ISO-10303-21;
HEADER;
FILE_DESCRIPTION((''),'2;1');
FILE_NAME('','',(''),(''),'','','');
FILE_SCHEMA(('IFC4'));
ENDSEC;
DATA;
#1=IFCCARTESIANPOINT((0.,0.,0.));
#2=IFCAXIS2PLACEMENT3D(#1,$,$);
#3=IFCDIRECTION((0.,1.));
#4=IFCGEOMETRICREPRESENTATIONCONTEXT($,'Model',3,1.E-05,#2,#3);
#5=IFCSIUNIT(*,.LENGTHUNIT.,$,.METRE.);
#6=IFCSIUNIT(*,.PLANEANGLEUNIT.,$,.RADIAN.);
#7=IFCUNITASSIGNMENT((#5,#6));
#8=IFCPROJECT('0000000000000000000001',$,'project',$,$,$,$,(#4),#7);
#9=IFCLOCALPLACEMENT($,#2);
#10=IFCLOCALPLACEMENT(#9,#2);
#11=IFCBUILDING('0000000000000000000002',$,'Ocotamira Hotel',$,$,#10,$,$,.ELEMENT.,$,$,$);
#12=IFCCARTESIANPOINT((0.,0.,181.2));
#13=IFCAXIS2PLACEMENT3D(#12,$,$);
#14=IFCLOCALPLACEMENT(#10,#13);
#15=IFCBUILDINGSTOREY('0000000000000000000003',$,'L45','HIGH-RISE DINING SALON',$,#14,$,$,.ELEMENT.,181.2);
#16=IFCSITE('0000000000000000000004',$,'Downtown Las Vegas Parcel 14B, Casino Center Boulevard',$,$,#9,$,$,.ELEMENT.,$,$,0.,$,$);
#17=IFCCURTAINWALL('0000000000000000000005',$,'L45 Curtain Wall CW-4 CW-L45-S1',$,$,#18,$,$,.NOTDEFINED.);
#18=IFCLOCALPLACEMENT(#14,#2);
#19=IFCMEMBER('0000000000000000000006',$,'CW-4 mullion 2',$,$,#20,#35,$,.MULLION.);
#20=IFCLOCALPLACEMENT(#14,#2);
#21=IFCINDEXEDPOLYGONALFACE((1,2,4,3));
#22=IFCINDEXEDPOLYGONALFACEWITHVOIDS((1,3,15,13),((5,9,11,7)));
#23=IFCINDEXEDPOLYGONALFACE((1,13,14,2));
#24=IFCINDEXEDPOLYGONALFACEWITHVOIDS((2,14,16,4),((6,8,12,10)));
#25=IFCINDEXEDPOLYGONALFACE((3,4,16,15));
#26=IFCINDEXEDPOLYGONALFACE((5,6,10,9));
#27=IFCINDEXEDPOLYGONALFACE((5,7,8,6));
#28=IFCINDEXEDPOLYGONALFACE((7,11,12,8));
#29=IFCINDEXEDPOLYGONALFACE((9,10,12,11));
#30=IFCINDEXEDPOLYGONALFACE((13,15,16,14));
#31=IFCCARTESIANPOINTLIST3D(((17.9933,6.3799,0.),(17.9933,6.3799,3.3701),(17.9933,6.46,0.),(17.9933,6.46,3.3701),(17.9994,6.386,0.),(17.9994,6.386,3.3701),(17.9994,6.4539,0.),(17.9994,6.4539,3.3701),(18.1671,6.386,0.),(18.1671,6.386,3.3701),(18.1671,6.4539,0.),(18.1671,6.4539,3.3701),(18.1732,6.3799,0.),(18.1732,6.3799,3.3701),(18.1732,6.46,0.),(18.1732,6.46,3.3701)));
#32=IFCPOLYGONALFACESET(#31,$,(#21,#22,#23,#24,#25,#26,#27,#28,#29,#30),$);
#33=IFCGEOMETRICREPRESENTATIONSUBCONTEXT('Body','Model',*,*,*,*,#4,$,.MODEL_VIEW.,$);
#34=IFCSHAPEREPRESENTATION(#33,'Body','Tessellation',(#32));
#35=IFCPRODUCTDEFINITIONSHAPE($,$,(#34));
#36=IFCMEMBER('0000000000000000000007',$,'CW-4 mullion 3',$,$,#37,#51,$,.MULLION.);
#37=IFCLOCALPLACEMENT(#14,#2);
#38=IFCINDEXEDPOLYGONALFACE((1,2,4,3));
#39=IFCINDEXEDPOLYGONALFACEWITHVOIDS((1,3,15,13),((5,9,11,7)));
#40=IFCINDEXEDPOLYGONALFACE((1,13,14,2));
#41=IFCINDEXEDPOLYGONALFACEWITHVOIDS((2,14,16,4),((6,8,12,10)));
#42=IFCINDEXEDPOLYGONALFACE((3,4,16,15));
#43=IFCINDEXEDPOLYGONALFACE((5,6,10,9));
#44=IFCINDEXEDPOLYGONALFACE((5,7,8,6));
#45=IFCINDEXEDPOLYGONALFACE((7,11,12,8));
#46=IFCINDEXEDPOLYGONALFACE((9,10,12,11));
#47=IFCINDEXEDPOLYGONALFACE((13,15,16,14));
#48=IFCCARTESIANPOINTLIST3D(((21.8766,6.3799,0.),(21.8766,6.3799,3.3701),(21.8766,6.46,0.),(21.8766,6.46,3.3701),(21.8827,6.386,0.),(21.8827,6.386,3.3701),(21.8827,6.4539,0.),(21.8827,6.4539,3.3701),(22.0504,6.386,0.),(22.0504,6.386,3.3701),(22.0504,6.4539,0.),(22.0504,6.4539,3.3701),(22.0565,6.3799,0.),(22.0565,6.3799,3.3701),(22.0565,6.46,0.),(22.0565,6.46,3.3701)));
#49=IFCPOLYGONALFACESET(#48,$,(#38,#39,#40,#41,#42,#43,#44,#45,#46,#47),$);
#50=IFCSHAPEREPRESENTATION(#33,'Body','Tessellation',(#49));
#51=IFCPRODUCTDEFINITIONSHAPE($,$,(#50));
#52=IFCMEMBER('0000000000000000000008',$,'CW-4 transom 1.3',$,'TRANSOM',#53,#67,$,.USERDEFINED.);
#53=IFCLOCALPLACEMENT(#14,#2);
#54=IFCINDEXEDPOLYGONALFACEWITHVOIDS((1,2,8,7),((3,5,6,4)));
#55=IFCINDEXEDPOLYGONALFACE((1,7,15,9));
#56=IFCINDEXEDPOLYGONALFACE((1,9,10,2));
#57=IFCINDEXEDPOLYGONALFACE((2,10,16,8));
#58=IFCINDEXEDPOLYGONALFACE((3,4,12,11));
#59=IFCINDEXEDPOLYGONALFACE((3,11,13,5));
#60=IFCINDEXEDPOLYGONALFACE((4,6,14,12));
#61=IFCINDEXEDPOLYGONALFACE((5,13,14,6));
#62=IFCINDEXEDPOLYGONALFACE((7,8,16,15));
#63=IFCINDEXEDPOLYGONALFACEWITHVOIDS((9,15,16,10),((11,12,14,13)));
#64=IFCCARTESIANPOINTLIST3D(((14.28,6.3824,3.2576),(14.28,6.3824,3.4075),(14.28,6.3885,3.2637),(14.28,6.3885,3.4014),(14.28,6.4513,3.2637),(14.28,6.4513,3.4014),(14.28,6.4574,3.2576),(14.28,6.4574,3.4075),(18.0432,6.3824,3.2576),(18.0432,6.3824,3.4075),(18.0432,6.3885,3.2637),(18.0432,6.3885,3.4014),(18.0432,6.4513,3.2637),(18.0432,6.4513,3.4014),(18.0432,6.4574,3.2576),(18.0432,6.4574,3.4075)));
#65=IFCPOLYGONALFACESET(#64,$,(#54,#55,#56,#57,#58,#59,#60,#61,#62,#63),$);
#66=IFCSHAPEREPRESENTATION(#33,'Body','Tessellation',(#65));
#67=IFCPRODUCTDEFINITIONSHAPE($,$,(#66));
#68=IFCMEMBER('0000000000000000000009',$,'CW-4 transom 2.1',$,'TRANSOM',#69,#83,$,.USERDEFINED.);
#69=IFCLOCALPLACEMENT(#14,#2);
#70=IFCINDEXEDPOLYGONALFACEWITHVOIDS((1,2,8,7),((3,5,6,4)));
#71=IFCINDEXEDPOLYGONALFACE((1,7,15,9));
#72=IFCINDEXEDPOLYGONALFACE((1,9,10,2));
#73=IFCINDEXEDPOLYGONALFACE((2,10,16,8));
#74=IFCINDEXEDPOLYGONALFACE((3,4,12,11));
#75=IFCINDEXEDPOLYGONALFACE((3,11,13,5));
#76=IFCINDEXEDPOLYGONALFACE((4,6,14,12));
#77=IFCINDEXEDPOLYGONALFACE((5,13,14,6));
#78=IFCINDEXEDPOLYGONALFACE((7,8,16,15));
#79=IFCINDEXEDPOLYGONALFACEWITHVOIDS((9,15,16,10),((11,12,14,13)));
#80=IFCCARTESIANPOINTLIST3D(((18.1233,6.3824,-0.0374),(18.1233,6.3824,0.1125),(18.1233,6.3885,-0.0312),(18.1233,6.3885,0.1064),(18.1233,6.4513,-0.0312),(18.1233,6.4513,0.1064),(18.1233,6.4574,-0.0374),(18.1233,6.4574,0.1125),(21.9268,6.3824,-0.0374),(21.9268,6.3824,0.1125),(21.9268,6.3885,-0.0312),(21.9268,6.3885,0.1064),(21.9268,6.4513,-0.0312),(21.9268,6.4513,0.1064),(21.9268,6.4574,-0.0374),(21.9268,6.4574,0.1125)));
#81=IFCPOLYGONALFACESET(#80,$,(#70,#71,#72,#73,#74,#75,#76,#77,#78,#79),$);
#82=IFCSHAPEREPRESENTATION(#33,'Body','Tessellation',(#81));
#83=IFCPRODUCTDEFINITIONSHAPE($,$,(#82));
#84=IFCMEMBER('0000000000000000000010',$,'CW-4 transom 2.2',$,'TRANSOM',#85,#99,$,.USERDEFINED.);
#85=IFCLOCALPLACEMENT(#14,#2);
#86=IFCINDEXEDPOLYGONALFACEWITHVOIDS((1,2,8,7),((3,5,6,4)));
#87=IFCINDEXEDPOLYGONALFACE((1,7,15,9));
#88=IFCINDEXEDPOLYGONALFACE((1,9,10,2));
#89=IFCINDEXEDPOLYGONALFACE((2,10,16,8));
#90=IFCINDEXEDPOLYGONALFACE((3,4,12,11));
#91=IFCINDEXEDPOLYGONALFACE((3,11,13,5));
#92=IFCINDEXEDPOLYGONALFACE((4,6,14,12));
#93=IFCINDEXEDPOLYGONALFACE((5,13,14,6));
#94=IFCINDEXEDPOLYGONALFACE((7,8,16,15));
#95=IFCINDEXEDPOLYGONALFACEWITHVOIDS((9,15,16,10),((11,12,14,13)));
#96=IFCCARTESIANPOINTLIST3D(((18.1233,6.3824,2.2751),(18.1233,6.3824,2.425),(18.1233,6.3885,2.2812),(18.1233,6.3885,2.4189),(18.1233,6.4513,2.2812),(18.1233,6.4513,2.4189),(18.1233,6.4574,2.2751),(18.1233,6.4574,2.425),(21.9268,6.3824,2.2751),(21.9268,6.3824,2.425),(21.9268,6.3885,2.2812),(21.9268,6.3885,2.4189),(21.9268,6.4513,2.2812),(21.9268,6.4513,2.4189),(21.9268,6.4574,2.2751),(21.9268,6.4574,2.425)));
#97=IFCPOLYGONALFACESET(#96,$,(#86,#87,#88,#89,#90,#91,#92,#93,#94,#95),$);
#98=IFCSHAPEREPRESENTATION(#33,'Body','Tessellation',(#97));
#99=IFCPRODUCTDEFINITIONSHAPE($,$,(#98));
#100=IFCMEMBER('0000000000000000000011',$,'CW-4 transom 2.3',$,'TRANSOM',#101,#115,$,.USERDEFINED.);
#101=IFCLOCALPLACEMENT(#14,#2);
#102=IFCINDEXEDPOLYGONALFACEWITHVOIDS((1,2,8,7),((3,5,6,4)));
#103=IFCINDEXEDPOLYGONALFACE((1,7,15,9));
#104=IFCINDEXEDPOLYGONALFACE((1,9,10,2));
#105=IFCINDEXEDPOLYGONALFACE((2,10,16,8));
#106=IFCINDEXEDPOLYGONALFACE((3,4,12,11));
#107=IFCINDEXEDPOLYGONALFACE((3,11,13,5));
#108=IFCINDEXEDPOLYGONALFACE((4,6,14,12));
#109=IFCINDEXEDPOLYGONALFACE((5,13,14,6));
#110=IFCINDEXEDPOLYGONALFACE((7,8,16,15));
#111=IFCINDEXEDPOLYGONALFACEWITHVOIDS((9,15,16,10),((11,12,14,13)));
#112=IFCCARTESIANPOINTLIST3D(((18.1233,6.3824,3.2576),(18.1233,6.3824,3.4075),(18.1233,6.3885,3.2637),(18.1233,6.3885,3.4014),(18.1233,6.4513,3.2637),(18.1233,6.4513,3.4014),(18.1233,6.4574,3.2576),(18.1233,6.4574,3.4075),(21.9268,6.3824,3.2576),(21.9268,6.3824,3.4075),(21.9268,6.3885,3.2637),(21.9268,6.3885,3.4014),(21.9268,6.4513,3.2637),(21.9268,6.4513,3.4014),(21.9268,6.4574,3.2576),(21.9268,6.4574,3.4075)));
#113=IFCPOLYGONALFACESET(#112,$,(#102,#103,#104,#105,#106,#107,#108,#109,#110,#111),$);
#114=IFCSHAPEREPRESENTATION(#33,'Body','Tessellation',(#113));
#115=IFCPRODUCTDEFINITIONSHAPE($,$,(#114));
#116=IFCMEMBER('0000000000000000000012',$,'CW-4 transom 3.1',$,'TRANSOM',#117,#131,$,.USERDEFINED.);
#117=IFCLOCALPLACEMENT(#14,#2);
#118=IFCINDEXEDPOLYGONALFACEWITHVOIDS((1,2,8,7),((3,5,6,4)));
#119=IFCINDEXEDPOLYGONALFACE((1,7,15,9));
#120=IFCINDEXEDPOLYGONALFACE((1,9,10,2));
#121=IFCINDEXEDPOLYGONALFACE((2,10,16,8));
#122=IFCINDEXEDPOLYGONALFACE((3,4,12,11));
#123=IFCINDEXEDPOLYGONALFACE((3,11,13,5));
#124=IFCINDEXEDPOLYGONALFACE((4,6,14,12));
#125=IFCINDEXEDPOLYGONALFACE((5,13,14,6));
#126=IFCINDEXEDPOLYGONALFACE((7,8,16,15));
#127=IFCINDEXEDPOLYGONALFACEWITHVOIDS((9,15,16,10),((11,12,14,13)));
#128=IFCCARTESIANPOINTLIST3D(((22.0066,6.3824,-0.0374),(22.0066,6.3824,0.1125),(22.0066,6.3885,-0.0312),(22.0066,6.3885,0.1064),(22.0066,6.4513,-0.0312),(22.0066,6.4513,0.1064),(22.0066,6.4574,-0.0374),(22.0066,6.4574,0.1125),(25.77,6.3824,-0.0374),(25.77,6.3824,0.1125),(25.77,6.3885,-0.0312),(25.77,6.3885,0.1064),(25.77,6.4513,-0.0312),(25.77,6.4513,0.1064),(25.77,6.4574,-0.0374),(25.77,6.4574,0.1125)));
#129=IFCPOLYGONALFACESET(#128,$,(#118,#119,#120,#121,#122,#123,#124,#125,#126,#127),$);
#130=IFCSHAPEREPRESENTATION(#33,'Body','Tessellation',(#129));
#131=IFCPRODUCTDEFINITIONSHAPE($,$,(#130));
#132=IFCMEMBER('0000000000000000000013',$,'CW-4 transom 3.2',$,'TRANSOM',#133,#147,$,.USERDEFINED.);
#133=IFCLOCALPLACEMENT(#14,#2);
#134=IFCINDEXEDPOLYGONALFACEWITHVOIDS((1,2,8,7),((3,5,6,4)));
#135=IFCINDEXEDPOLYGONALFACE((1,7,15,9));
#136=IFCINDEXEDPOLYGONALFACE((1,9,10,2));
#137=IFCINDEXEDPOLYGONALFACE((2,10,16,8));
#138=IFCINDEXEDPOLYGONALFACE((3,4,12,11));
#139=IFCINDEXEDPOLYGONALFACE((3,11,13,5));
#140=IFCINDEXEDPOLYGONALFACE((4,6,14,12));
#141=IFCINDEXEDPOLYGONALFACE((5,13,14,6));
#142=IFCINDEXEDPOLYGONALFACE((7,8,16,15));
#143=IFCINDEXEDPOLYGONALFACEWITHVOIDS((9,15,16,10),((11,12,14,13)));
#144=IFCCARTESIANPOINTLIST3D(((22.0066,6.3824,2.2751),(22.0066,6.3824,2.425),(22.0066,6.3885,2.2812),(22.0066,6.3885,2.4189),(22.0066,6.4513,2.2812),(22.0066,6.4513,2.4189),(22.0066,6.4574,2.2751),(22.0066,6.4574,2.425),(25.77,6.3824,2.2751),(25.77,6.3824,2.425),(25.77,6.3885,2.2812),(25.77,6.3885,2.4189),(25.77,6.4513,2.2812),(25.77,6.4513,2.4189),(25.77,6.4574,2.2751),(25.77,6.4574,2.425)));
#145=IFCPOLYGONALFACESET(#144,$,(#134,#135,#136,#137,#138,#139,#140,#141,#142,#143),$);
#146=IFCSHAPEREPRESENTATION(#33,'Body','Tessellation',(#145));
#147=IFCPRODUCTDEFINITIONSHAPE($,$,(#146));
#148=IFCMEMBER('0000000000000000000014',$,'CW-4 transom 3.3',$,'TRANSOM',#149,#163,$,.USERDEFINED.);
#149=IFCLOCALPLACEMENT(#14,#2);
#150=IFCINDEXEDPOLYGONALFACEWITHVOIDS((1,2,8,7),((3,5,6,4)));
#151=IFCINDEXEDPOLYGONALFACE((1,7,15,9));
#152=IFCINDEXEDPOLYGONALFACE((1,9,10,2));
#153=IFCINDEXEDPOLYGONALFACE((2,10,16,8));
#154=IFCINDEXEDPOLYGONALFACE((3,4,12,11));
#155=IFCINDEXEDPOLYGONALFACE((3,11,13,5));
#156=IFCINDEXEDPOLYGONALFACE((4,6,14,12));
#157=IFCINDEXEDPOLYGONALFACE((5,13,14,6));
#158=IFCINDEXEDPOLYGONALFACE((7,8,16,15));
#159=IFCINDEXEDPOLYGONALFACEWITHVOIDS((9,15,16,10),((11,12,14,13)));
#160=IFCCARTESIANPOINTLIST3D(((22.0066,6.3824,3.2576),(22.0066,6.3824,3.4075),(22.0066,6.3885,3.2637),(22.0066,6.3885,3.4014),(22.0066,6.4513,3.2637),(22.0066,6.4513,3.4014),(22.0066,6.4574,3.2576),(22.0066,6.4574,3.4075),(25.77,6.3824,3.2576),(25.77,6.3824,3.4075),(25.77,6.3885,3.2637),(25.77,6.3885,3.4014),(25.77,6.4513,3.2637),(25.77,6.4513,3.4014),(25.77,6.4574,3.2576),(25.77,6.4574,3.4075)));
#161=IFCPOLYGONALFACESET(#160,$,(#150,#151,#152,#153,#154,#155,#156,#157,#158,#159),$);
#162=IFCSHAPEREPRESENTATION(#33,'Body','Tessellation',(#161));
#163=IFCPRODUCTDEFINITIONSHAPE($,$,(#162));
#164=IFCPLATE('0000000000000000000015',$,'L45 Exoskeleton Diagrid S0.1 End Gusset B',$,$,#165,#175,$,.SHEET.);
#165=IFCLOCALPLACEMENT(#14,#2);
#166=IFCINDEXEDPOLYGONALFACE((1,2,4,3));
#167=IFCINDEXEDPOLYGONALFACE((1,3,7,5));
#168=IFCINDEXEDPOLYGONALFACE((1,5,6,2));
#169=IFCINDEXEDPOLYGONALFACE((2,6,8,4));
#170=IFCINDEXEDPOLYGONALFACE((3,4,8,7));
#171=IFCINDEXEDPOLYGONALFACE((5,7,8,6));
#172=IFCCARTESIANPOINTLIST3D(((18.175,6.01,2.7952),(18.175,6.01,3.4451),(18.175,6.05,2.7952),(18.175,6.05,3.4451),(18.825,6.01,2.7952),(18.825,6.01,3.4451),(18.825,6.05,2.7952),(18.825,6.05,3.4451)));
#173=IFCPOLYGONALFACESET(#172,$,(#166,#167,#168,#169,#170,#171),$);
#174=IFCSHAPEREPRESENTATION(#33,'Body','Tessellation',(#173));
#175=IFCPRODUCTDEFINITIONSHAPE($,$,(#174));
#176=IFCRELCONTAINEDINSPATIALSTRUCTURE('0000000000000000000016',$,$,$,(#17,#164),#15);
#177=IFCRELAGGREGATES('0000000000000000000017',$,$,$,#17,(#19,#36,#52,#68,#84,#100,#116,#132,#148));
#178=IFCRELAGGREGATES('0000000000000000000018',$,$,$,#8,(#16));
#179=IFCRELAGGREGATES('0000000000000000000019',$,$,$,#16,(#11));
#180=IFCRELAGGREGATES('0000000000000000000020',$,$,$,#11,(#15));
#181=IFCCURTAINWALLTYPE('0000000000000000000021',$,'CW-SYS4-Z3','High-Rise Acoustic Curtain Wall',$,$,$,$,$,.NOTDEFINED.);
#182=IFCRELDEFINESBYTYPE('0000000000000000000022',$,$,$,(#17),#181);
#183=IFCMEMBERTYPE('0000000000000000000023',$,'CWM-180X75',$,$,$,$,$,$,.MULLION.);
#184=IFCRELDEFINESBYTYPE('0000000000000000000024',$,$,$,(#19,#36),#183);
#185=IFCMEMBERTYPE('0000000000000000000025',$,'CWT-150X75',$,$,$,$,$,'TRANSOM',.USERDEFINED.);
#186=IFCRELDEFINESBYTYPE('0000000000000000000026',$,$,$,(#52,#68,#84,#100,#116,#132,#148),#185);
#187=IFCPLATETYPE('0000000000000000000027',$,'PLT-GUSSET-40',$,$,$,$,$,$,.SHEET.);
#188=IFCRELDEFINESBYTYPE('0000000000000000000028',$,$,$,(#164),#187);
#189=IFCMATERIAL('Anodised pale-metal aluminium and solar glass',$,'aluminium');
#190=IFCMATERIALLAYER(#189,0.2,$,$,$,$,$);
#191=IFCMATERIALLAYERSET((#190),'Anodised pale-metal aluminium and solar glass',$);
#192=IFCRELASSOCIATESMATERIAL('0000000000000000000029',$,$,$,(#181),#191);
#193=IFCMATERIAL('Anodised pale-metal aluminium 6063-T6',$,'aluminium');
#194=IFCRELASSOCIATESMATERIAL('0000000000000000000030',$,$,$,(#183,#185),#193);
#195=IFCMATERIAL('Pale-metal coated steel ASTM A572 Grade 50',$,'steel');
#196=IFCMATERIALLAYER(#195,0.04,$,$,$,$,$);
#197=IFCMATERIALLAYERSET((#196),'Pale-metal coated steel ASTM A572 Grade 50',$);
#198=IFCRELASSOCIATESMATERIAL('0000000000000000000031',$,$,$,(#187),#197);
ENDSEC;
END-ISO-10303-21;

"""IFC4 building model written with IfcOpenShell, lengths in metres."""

from ifc_helpers import new_model, si_unit, direction, frame, origin, origin_2d, place, context, subcontext, project, spatial, rectangle, hollow_rectangle, extrude, source, transform, mapped, material, layer, layer_set, material_profile, profile_set, type_object, element, aggregate, save


model = new_model("IFC4")

# Units and contexts
model_context = context("Model", 3, precision=1e-05, world=origin(), true_north=direction((0.0, 1.0)))
body_context = subcontext(model_context, "Body", "Model", "MODEL_VIEW")
ifc_project = project(units=[si_unit("LENGTHUNIT", "METRE"), si_unit("PLANEANGLEUNIT", "RADIAN")], contexts=[model_context])

# Site, building, storey
site_placement = place(None, origin())
site = spatial("IfcSite", under=ifc_project, at=site_placement, Name="Downtown Las Vegas Parcel 14B, Casino Center Boulevard", CompositionType="ELEMENT", RefElevation=0.0)
building_placement = place(site_placement, origin())
building = spatial("IfcBuilding", under=site, at=building_placement, Name="Ocotamira Hotel", CompositionType="ELEMENT")
storey_placement = place(building_placement, frame((0.0, 0.0, 181.2)))
storey = spatial("IfcBuildingStorey", under=building, at=storey_placement, Name="L45", Description="HIGH-RISE DINING SALON", CompositionType="ELEMENT", Elevation=181.2)

# Curtain wall, members
ifc_material_1 = material(Name="Anodised pale-metal aluminium and solar glass", Category="aluminium")
ifc_layer_1 = layer(ifc_material_1, 0.2)
ifc_layer_set_1 = layer_set([ifc_layer_1], Name="Anodised pale-metal aluminium and solar glass")
curtain_wall_type = type_object("IfcCurtainWallType", Name="CW-SYS4-Z3", Description="High-Rise Acoustic Curtain Wall", PredefinedType="NOTDEFINED", material=ifc_layer_set_1)
curtain_wall_placement = place(storey_placement, origin())
curtain_wall = element("IfcCurtainWall", 1, at=curtain_wall_placement, inside=storey, type_object=curtain_wall_type, Name="L45 Curtain Wall CW-4 CW-L45-S1", PredefinedType="NOTDEFINED")
ifc_material_2 = material(Name="Anodised pale-metal aluminium 6063-T6", Category="aluminium")
ifc_material_profile_1 = material_profile(ifc_material_2, hollow_rectangle(XDim=0.0801, YDim=0.1799, WallThickness=0.0061, at=origin_2d()), Name="HSS180X80X6")
ifc_profile_set_1 = profile_set([ifc_material_profile_1], Name="Anodised pale-metal aluminium 6063-T6")
member_type_1 = type_object("IfcMemberType", Name="CWM-180X75", PredefinedType="MULLION", material=ifc_profile_set_1)
shared_shape_1 = source(origin(), body_context, "Body", "SweptSolid", [
    extrude(hollow_rectangle(XDim=0.0801, YDim=0.1799, WallThickness=0.0061, at=origin_2d()), origin(), (0.0, 0.0, 1.0), 3.3701),
])
member_1_placement = place(storey_placement, frame((18.0833, 6.4199, 0.0), z_axis=(0.0, 0.0, 1.0), x_axis=(0.0, 1.0, 0.0)))
member_1 = element("IfcMember", 2, at=member_1_placement, type_object=member_type_1, Name="CW-4 mullion 2", PredefinedType="MULLION", context=body_context, shape_type="MappedRepresentation", body=[
    mapped(shared_shape_1, transform((0.0, 0.0, 0.0), scale=1.0)),
])
member_2_placement = place(storey_placement, frame((21.9666, 6.4199, 0.0), z_axis=(0.0, 0.0, 1.0), x_axis=(0.0, 1.0, 0.0)))
member_2 = element("IfcMember", 3, at=member_2_placement, type_object=member_type_1, Name="CW-4 mullion 3", PredefinedType="MULLION", context=body_context, shape_type="MappedRepresentation", body=[
    mapped(shared_shape_1, transform((0.0, 0.0, 0.0), scale=1.0)),
])
ifc_material_profile_2 = material_profile(ifc_material_2, hollow_rectangle(XDim=0.075, YDim=0.1499, WallThickness=0.0061, at=origin_2d()), Name="HSS150X75X6")
ifc_profile_set_2 = profile_set([ifc_material_profile_2], Name="Anodised pale-metal aluminium 6063-T6")
member_type_2 = type_object("IfcMemberType", Name="CWT-150X75", ElementType="TRANSOM", PredefinedType="USERDEFINED", material=ifc_profile_set_2)
shared_shape_2 = source(origin(), body_context, "Body", "SweptSolid", [
    extrude(hollow_rectangle(XDim=0.075, YDim=0.1499, WallThickness=0.0061, at=origin_2d()), origin(), (0.0, 0.0, 1.0), 3.7632),
])
member_3_placement = place(storey_placement, frame((14.28, 6.4199, 3.3325), z_axis=(1.0, 0.0, 0.0), x_axis=(0.0, 1.0, 0.0)))
member_3 = element("IfcMember", 4, at=member_3_placement, type_object=member_type_2, Name="CW-4 transom 1.3", ObjectType="TRANSOM", PredefinedType="USERDEFINED", context=body_context, shape_type="MappedRepresentation", body=[
    mapped(shared_shape_2, transform((0.0, 0.0, 0.0), scale=1.0)),
])
shared_shape_3 = source(origin(), body_context, "Body", "SweptSolid", [
    extrude(hollow_rectangle(XDim=0.075, YDim=0.1499, WallThickness=0.0061, at=origin_2d()), origin(), (0.0, 0.0, 1.0), 3.8035),
])
member_4_placement = place(storey_placement, frame((18.1233, 6.4199, 0.0376), z_axis=(1.0, 0.0, 0.0), x_axis=(0.0, 1.0, 0.0)))
member_4 = element("IfcMember", 5, at=member_4_placement, type_object=member_type_2, Name="CW-4 transom 2.1", ObjectType="TRANSOM", PredefinedType="USERDEFINED", context=body_context, shape_type="MappedRepresentation", body=[
    mapped(shared_shape_3, transform((0.0, 0.0, 0.0), scale=1.0)),
])
member_5_placement = place(storey_placement, frame((18.1233, 6.4199, 2.3501), z_axis=(1.0, 0.0, 0.0), x_axis=(0.0, 1.0, 0.0)))
member_5 = element("IfcMember", 6, at=member_5_placement, type_object=member_type_2, Name="CW-4 transom 2.2", ObjectType="TRANSOM", PredefinedType="USERDEFINED", context=body_context, shape_type="MappedRepresentation", body=[
    mapped(shared_shape_3, transform((0.0, 0.0, 0.0), scale=1.0)),
])
member_6_placement = place(storey_placement, frame((18.1233, 6.4199, 3.3325), z_axis=(1.0, 0.0, 0.0), x_axis=(0.0, 1.0, 0.0)))
member_6 = element("IfcMember", 7, at=member_6_placement, type_object=member_type_2, Name="CW-4 transom 2.3", ObjectType="TRANSOM", PredefinedType="USERDEFINED", context=body_context, shape_type="MappedRepresentation", body=[
    mapped(shared_shape_3, transform((0.0, 0.0, 0.0), scale=1.0)),
])
shared_shape_4 = source(origin(), body_context, "Body", "SweptSolid", [
    extrude(hollow_rectangle(XDim=0.075, YDim=0.1499, WallThickness=0.0061, at=origin_2d()), origin(), (0.0, 0.0, 1.0), 3.7634),
])
member_7_placement = place(storey_placement, frame((22.0066, 6.4199, 0.0376), z_axis=(1.0, 0.0, 0.0), x_axis=(0.0, 1.0, 0.0)))
member_7 = element("IfcMember", 8, at=member_7_placement, type_object=member_type_2, Name="CW-4 transom 3.1", ObjectType="TRANSOM", PredefinedType="USERDEFINED", context=body_context, shape_type="MappedRepresentation", body=[
    mapped(shared_shape_4, transform((0.0, 0.0, 0.0), scale=1.0)),
])
member_8_placement = place(storey_placement, frame((22.0066, 6.4199, 2.3501), z_axis=(1.0, 0.0, 0.0), x_axis=(0.0, 1.0, 0.0)))
member_8 = element("IfcMember", 9, at=member_8_placement, type_object=member_type_2, Name="CW-4 transom 3.2", ObjectType="TRANSOM", PredefinedType="USERDEFINED", context=body_context, shape_type="MappedRepresentation", body=[
    mapped(shared_shape_4, transform((0.0, 0.0, 0.0), scale=1.0)),
])
member_9_placement = place(storey_placement, frame((22.0066, 6.4199, 3.3325), z_axis=(1.0, 0.0, 0.0), x_axis=(0.0, 1.0, 0.0)))
member_9 = element("IfcMember", 10, at=member_9_placement, type_object=member_type_2, Name="CW-4 transom 3.3", ObjectType="TRANSOM", PredefinedType="USERDEFINED", context=body_context, shape_type="MappedRepresentation", body=[
    mapped(shared_shape_4, transform((0.0, 0.0, 0.0), scale=1.0)),
])

# Plate
ifc_material_3 = material(Name="Pale-metal coated steel ASTM A572 Grade 50", Category="steel")
ifc_layer_2 = layer(ifc_material_3, 0.04)
ifc_layer_set_2 = layer_set([ifc_layer_2], Name="Pale-metal coated steel ASTM A572 Grade 50")
plate_type_1 = type_object("IfcPlateType", Name="PLT-GUSSET-40", PredefinedType="SHEET", material=ifc_layer_set_2)
shared_shape_5 = source(origin(), body_context, "Body", "SweptSolid", [
    extrude(rectangle(XDim=0.6499, YDim=0.04, at=origin_2d()), origin(), (0.0, 0.0, 1.0), 0.6499),
])
plate_1_placement = place(storey_placement, frame((18.5, 6.03, 2.7952), z_axis=(0.0, 0.0, 1.0), x_axis=(1.0, 0.0, 0.0)))
element("IfcPlate", 11, at=plate_1_placement, inside=storey, type_object=plate_type_1, Name="L45 Exoskeleton Diagrid S0.1 End Gusset B", PredefinedType="SHEET", context=body_context, shape_type="MappedRepresentation", body=[
    mapped(shared_shape_5, transform((0.0, 0.0, 0.0), scale=1.0)),
])
aggregate(curtain_wall, [member_1, member_2, member_3, member_4, member_5, member_6, member_7, member_8, member_9])

save(model, "model.ifc")
